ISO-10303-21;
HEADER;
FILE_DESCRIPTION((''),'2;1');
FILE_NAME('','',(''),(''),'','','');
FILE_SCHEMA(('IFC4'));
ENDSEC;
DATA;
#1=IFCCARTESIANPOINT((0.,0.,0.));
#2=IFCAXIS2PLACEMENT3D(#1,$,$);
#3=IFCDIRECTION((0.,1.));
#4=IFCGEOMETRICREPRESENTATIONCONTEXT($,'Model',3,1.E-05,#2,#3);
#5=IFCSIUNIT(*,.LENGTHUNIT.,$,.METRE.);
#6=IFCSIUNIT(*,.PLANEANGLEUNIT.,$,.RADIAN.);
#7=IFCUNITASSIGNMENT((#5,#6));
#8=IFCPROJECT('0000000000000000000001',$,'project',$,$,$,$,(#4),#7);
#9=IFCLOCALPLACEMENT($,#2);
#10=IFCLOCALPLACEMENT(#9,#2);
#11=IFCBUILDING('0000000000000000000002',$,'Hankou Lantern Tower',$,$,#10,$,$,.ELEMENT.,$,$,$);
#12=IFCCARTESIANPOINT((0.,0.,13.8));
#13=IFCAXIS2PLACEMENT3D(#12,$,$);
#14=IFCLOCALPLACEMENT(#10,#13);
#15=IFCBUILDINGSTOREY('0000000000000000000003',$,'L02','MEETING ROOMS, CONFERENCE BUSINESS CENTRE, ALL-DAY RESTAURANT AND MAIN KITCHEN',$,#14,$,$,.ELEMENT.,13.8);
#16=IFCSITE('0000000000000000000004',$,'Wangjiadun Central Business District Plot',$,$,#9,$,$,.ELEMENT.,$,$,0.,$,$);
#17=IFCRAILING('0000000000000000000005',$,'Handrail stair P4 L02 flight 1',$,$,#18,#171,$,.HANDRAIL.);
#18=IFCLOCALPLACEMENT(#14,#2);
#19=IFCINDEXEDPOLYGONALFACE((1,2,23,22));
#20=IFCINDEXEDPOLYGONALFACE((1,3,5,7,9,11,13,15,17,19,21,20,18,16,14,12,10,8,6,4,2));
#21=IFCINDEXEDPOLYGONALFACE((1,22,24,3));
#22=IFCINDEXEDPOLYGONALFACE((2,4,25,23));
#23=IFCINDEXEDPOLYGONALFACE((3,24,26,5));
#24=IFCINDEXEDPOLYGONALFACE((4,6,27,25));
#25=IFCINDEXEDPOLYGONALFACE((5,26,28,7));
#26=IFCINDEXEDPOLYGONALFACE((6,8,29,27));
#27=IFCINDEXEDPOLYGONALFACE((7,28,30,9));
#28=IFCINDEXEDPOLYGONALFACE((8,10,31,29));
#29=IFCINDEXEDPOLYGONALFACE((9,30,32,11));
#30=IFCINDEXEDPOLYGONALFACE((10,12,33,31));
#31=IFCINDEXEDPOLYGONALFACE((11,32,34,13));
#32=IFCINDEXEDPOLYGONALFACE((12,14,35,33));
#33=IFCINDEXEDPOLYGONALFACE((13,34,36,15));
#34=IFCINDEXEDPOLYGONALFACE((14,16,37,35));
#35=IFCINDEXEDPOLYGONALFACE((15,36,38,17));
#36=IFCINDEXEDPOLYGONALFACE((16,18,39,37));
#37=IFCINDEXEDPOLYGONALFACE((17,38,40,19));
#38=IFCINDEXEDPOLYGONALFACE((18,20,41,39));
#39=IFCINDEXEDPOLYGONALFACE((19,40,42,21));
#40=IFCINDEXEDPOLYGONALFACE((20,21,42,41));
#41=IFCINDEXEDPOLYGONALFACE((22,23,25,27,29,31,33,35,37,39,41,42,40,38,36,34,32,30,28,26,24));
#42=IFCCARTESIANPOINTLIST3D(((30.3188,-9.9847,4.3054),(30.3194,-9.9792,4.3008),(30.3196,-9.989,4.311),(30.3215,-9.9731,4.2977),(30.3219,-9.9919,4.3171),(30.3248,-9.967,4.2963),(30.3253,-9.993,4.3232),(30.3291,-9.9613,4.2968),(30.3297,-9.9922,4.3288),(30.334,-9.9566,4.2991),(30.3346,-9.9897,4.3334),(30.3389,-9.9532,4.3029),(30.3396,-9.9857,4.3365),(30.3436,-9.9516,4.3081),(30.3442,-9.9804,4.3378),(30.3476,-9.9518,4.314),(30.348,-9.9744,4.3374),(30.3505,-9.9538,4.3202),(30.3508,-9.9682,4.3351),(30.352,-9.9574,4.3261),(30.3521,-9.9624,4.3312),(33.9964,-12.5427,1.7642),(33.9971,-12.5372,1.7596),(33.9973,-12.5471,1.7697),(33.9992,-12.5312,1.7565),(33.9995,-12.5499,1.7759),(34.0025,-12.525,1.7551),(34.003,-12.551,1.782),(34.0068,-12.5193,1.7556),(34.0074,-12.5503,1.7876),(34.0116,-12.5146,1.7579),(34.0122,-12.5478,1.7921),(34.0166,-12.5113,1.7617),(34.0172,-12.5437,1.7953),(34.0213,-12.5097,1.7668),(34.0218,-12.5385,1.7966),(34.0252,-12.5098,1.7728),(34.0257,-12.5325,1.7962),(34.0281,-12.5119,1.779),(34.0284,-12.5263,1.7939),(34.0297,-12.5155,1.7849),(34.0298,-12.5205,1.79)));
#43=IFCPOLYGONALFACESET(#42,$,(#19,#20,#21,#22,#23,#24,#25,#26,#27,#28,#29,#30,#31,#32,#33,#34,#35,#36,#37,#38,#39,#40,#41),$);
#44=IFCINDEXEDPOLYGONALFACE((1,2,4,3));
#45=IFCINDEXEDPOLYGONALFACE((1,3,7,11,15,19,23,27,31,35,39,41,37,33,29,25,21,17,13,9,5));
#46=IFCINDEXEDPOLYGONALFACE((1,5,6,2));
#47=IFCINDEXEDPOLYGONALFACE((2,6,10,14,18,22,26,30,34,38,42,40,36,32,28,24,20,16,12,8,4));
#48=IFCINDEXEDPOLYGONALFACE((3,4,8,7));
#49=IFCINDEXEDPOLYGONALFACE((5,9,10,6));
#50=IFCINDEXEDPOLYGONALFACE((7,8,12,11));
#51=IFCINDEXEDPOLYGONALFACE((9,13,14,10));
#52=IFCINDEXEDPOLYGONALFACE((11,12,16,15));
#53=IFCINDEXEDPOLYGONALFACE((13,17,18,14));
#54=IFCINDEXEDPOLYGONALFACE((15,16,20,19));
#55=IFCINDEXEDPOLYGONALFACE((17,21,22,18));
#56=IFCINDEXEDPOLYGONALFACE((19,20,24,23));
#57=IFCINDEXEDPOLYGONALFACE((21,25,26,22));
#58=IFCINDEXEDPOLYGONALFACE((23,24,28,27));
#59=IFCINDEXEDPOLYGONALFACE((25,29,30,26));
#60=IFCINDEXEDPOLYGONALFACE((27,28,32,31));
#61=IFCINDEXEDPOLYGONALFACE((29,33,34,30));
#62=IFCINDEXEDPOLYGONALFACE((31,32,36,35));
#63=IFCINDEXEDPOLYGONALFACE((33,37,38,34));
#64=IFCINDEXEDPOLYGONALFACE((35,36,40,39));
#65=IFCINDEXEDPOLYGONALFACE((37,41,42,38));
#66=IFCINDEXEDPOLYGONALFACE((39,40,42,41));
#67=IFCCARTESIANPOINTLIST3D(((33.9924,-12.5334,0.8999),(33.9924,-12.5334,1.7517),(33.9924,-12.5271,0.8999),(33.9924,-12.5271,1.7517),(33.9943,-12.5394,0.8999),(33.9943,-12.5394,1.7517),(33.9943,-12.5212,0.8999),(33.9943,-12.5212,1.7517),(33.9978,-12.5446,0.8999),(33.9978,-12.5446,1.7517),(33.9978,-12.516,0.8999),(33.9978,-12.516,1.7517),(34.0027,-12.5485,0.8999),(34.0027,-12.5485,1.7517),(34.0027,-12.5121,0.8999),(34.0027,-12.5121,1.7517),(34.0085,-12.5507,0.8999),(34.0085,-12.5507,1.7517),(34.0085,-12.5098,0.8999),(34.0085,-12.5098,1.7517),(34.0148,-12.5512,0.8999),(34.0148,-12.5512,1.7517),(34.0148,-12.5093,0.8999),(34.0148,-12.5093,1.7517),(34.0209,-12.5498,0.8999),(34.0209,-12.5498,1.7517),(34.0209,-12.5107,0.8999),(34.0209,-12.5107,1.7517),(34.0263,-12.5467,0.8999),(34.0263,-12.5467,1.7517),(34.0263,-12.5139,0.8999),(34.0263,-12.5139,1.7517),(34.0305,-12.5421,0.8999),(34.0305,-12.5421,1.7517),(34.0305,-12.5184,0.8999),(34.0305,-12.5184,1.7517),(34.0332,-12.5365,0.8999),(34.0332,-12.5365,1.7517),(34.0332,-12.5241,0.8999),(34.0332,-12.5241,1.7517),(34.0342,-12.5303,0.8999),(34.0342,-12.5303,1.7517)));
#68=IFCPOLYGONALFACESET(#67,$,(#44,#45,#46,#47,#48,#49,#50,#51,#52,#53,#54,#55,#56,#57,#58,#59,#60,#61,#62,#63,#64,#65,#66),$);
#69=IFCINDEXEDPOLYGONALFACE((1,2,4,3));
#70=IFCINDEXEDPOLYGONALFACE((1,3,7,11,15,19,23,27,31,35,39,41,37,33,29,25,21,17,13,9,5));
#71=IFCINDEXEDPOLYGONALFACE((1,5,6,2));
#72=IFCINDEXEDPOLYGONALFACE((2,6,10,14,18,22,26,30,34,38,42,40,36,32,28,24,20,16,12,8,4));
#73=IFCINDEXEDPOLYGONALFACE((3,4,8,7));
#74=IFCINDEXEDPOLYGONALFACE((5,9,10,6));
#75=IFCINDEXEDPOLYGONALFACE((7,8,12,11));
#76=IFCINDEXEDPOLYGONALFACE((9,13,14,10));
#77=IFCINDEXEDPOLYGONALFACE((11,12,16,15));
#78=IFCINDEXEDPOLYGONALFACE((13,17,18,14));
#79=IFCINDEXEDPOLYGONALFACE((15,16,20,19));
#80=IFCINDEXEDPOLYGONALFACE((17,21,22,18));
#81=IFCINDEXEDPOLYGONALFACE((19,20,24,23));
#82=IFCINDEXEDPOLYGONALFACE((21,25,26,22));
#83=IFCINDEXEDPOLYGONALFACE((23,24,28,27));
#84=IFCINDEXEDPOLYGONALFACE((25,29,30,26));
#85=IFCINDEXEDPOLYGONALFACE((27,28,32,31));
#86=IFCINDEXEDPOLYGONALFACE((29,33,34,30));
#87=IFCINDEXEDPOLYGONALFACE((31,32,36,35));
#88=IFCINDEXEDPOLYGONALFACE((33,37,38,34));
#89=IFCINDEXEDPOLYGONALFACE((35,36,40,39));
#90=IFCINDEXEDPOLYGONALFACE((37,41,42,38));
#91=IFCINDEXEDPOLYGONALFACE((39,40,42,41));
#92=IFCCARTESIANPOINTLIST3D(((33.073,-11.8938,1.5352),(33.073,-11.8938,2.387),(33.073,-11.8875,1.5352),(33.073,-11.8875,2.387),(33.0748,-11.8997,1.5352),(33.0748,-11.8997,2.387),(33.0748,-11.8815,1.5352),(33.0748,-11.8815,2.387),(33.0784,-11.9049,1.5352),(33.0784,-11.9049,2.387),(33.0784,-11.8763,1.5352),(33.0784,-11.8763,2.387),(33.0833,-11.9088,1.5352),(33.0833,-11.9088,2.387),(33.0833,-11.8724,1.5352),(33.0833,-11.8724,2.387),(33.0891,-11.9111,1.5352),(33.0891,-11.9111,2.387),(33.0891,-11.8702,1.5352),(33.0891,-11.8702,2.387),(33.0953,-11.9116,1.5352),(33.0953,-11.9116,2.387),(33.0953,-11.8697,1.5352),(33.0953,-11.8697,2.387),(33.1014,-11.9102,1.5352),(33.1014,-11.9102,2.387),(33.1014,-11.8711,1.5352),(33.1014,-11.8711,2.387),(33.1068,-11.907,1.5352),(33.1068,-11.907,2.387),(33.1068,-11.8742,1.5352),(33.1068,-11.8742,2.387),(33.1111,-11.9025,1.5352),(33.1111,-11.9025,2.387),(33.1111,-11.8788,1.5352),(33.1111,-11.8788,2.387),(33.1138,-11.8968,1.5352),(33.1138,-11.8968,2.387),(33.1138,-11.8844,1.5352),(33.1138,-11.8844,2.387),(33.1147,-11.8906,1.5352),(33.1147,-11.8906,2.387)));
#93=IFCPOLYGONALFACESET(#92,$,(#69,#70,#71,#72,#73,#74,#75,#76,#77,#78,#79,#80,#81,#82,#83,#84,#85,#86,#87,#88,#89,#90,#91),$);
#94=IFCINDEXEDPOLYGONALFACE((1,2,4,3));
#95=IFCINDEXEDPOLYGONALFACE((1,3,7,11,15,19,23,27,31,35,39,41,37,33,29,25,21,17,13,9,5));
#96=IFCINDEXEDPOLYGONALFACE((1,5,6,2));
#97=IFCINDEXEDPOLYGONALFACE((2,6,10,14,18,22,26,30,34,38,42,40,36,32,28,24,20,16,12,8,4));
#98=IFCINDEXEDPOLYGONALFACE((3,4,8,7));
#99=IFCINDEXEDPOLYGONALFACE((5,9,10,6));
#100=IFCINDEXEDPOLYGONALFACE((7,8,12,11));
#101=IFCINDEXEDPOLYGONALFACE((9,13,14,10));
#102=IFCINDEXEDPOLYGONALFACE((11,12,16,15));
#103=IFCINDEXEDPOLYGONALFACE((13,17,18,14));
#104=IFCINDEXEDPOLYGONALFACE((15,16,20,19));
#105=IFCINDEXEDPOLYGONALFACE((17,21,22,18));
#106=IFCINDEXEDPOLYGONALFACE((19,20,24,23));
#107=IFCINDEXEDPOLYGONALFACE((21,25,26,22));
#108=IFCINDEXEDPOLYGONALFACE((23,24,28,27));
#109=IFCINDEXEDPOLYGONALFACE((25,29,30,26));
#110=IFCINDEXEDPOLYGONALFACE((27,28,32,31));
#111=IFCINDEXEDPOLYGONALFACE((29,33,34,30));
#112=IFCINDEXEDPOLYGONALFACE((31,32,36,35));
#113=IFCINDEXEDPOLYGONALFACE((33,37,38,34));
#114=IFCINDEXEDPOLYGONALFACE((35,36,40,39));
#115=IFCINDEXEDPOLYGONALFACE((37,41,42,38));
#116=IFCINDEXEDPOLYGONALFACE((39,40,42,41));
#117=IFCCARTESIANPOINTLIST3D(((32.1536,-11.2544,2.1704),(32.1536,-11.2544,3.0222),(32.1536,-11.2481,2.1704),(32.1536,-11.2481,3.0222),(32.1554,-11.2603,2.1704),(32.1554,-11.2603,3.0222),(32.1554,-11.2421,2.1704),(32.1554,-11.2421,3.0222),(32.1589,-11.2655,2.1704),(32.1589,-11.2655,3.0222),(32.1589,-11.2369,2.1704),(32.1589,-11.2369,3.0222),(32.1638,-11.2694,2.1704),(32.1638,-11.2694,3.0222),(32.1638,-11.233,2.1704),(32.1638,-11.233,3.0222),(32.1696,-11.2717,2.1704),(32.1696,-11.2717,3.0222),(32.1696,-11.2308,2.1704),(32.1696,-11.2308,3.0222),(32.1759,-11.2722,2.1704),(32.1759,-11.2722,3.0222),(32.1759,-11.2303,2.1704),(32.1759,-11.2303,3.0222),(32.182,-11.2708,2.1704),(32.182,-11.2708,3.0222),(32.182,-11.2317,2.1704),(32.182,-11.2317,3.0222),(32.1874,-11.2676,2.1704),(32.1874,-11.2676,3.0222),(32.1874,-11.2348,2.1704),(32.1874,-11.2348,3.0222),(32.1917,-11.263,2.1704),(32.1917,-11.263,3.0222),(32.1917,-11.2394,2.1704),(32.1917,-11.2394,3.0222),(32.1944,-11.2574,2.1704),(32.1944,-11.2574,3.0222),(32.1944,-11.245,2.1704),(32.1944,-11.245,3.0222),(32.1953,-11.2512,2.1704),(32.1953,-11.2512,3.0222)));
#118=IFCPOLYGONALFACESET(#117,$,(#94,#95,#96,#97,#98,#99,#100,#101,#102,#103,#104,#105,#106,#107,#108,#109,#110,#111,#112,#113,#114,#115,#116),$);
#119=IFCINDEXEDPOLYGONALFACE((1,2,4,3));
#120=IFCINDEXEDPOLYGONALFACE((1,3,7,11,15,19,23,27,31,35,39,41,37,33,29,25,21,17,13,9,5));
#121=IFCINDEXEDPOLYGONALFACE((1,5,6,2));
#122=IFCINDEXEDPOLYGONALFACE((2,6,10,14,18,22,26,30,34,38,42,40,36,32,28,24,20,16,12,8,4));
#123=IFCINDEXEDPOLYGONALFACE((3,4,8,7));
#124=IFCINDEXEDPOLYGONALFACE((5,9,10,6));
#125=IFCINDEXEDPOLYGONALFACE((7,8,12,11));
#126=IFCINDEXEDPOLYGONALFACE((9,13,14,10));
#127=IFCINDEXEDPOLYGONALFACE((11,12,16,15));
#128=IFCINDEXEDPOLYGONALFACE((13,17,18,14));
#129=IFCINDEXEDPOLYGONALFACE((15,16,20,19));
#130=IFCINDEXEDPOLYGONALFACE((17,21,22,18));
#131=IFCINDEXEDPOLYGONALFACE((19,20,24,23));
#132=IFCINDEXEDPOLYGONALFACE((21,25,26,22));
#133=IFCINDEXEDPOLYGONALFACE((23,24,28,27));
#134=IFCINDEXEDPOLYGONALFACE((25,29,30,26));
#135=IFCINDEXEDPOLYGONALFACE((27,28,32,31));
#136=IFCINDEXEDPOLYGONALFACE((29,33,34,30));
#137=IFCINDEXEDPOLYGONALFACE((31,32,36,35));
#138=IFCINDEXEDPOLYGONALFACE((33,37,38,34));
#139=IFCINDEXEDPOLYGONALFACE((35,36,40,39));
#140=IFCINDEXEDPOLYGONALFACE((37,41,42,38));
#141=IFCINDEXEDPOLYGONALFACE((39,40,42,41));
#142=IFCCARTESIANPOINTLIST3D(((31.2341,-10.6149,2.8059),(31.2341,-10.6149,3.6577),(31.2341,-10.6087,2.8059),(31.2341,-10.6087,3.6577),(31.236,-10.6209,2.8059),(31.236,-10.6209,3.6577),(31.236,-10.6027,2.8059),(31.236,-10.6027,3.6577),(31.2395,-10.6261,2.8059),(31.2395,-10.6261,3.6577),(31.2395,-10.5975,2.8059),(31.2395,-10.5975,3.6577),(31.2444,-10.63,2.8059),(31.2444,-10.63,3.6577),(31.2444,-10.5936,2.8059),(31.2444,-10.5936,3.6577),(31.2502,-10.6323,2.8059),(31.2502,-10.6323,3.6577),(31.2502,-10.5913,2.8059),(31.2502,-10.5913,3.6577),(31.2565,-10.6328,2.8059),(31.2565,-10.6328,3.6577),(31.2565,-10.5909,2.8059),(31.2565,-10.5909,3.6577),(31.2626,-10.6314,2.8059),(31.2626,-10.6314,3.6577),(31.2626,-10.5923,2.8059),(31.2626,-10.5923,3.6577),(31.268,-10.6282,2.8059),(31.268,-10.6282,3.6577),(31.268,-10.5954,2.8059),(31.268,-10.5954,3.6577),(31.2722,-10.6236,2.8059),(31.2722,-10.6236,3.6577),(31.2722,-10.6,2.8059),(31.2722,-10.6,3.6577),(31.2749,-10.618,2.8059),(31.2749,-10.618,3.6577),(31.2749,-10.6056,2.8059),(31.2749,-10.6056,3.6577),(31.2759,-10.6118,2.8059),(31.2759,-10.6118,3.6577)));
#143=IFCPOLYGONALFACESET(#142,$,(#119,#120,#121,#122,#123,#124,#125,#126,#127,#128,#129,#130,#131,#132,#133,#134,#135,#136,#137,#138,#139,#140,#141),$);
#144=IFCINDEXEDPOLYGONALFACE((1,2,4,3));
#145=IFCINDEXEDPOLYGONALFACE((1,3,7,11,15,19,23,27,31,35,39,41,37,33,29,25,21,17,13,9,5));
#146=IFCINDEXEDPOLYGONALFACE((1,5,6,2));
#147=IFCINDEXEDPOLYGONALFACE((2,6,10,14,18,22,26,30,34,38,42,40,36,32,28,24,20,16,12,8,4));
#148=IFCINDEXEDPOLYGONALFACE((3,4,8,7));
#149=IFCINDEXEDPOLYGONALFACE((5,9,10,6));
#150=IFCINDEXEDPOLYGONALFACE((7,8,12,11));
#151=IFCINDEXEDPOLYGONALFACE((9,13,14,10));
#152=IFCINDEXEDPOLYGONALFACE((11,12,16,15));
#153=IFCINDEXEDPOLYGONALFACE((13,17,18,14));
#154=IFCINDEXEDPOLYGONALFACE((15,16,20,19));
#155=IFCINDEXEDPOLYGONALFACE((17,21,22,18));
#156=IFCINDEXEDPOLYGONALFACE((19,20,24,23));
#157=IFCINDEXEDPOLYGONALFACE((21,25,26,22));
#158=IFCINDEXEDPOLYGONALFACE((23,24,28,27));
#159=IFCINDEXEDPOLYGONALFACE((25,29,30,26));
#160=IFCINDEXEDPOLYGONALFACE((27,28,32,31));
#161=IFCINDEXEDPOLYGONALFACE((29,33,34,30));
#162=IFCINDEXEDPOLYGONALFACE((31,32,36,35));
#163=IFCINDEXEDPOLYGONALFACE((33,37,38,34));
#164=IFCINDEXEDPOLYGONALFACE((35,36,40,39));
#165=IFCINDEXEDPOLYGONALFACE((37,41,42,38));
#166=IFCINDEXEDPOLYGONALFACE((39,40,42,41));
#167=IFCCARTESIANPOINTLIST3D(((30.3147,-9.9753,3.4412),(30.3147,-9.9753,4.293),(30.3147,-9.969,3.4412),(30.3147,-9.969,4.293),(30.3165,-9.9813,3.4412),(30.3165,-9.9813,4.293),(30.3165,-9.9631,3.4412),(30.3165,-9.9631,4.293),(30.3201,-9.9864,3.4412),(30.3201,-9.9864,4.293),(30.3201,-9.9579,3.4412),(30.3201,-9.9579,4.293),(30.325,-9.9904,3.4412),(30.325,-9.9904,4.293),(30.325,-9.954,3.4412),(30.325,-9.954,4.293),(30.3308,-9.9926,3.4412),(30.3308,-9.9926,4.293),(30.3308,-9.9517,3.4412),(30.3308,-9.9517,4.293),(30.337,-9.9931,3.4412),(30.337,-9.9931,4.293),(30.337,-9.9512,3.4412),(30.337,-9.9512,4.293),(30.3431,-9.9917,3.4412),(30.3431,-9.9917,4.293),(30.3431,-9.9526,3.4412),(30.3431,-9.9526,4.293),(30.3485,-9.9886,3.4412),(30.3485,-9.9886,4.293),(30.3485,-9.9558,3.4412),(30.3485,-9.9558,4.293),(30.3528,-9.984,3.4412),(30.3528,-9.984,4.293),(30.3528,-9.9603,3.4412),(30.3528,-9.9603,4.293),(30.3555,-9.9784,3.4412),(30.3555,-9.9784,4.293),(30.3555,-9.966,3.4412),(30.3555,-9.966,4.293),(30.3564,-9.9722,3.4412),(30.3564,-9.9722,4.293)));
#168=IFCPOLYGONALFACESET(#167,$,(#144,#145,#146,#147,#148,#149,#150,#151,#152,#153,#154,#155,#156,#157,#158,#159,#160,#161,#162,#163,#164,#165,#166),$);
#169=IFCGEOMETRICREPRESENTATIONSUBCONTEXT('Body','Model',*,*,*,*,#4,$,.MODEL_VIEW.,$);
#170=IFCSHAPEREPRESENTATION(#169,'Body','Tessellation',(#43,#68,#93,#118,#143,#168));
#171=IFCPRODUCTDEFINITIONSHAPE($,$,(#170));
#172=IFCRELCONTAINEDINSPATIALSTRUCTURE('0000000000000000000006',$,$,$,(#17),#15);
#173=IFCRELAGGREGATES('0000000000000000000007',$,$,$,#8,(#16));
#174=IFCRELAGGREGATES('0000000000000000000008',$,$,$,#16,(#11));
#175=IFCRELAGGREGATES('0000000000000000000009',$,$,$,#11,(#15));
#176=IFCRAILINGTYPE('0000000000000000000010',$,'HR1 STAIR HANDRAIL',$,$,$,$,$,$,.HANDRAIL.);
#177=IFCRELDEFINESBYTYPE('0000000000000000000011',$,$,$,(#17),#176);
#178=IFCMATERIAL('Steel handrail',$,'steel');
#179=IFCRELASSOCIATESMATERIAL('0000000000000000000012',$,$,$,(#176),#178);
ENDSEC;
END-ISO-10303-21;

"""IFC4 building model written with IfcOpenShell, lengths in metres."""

from ifc_helpers import new_model, si_unit, direction, frame, origin, origin_2d, place, context, subcontext, project, spatial, circle, extrude, material, type_object, element, save


model = new_model("IFC4")

# Units and contexts
model_context = context("Model", 3, precision=1e-05, world=origin(), true_north=direction((0.0, 1.0)))
body_context = subcontext(model_context, "Body", "Model", "MODEL_VIEW")
ifc_project = project(units=[si_unit("LENGTHUNIT", "METRE"), si_unit("PLANEANGLEUNIT", "RADIAN")], contexts=[model_context])

# Site, building, storey
site_placement = place(None, origin())
site = spatial("IfcSite", under=ifc_project, at=site_placement, Name="Wangjiadun Central Business District Plot", CompositionType="ELEMENT", RefElevation=0.0)
building_placement = place(site_placement, origin())
building = spatial("IfcBuilding", under=site, at=building_placement, Name="Hankou Lantern Tower", CompositionType="ELEMENT")
storey_placement = place(building_placement, frame((0.0, 0.0, 13.8)))
storey = spatial("IfcBuildingStorey", under=building, at=storey_placement, Name="L02", Description="MEETING ROOMS, CONFERENCE BUSINESS CENTRE, ALL-DAY RESTAURANT AND MAIN KITCHEN", CompositionType="ELEMENT", Elevation=13.8)

# Railing
ifc_material_1 = material(Name="Steel handrail", Category="steel")
railing_type = type_object("IfcRailingType", Name="HR1 STAIR HANDRAIL", PredefinedType="HANDRAIL", material=ifc_material_1)
railing_placement = place(storey_placement, frame((34.0132, -12.5303, 0.8999)))
element("IfcRailing", 1, at=railing_placement, inside=storey, type_object=railing_type, Name="Handrail stair P4 L02 flight 1", PredefinedType="HANDRAIL", context=body_context, shape_type="SweptSolid", body=[
    extrude(circle(Radius=0.0239, at=origin_2d()), frame((0.0, 0.0, 0.876), z_axis=(-0.714054, 0.496671, 0.493401), x_axis=(-0.571017, -0.820939, 0.0)), (0.0, 0.0, 1.0), 5.1504),
    extrude(circle(Radius=0.021, at=origin_2d()), origin(), (0.0, 0.0, 1.0), 0.8518),
    extrude(circle(Radius=0.021, at=origin_2d()), frame((-0.9194, 0.6396, 0.6353)), (0.0, 0.0, 1.0), 0.8518),
    extrude(circle(Radius=0.021, at=origin_2d()), frame((-1.8389, 1.2791, 1.2705)), (0.0, 0.0, 1.0), 0.8518),
    extrude(circle(Radius=0.021, at=origin_2d()), frame((-2.7583, 1.9185, 1.906)), (0.0, 0.0, 1.0), 0.8518),
    extrude(circle(Radius=0.021, at=origin_2d()), frame((-3.6777, 2.5581, 2.5413)), (0.0, 0.0, 1.0), 0.8518),
])

save(model, "model.ifc")
